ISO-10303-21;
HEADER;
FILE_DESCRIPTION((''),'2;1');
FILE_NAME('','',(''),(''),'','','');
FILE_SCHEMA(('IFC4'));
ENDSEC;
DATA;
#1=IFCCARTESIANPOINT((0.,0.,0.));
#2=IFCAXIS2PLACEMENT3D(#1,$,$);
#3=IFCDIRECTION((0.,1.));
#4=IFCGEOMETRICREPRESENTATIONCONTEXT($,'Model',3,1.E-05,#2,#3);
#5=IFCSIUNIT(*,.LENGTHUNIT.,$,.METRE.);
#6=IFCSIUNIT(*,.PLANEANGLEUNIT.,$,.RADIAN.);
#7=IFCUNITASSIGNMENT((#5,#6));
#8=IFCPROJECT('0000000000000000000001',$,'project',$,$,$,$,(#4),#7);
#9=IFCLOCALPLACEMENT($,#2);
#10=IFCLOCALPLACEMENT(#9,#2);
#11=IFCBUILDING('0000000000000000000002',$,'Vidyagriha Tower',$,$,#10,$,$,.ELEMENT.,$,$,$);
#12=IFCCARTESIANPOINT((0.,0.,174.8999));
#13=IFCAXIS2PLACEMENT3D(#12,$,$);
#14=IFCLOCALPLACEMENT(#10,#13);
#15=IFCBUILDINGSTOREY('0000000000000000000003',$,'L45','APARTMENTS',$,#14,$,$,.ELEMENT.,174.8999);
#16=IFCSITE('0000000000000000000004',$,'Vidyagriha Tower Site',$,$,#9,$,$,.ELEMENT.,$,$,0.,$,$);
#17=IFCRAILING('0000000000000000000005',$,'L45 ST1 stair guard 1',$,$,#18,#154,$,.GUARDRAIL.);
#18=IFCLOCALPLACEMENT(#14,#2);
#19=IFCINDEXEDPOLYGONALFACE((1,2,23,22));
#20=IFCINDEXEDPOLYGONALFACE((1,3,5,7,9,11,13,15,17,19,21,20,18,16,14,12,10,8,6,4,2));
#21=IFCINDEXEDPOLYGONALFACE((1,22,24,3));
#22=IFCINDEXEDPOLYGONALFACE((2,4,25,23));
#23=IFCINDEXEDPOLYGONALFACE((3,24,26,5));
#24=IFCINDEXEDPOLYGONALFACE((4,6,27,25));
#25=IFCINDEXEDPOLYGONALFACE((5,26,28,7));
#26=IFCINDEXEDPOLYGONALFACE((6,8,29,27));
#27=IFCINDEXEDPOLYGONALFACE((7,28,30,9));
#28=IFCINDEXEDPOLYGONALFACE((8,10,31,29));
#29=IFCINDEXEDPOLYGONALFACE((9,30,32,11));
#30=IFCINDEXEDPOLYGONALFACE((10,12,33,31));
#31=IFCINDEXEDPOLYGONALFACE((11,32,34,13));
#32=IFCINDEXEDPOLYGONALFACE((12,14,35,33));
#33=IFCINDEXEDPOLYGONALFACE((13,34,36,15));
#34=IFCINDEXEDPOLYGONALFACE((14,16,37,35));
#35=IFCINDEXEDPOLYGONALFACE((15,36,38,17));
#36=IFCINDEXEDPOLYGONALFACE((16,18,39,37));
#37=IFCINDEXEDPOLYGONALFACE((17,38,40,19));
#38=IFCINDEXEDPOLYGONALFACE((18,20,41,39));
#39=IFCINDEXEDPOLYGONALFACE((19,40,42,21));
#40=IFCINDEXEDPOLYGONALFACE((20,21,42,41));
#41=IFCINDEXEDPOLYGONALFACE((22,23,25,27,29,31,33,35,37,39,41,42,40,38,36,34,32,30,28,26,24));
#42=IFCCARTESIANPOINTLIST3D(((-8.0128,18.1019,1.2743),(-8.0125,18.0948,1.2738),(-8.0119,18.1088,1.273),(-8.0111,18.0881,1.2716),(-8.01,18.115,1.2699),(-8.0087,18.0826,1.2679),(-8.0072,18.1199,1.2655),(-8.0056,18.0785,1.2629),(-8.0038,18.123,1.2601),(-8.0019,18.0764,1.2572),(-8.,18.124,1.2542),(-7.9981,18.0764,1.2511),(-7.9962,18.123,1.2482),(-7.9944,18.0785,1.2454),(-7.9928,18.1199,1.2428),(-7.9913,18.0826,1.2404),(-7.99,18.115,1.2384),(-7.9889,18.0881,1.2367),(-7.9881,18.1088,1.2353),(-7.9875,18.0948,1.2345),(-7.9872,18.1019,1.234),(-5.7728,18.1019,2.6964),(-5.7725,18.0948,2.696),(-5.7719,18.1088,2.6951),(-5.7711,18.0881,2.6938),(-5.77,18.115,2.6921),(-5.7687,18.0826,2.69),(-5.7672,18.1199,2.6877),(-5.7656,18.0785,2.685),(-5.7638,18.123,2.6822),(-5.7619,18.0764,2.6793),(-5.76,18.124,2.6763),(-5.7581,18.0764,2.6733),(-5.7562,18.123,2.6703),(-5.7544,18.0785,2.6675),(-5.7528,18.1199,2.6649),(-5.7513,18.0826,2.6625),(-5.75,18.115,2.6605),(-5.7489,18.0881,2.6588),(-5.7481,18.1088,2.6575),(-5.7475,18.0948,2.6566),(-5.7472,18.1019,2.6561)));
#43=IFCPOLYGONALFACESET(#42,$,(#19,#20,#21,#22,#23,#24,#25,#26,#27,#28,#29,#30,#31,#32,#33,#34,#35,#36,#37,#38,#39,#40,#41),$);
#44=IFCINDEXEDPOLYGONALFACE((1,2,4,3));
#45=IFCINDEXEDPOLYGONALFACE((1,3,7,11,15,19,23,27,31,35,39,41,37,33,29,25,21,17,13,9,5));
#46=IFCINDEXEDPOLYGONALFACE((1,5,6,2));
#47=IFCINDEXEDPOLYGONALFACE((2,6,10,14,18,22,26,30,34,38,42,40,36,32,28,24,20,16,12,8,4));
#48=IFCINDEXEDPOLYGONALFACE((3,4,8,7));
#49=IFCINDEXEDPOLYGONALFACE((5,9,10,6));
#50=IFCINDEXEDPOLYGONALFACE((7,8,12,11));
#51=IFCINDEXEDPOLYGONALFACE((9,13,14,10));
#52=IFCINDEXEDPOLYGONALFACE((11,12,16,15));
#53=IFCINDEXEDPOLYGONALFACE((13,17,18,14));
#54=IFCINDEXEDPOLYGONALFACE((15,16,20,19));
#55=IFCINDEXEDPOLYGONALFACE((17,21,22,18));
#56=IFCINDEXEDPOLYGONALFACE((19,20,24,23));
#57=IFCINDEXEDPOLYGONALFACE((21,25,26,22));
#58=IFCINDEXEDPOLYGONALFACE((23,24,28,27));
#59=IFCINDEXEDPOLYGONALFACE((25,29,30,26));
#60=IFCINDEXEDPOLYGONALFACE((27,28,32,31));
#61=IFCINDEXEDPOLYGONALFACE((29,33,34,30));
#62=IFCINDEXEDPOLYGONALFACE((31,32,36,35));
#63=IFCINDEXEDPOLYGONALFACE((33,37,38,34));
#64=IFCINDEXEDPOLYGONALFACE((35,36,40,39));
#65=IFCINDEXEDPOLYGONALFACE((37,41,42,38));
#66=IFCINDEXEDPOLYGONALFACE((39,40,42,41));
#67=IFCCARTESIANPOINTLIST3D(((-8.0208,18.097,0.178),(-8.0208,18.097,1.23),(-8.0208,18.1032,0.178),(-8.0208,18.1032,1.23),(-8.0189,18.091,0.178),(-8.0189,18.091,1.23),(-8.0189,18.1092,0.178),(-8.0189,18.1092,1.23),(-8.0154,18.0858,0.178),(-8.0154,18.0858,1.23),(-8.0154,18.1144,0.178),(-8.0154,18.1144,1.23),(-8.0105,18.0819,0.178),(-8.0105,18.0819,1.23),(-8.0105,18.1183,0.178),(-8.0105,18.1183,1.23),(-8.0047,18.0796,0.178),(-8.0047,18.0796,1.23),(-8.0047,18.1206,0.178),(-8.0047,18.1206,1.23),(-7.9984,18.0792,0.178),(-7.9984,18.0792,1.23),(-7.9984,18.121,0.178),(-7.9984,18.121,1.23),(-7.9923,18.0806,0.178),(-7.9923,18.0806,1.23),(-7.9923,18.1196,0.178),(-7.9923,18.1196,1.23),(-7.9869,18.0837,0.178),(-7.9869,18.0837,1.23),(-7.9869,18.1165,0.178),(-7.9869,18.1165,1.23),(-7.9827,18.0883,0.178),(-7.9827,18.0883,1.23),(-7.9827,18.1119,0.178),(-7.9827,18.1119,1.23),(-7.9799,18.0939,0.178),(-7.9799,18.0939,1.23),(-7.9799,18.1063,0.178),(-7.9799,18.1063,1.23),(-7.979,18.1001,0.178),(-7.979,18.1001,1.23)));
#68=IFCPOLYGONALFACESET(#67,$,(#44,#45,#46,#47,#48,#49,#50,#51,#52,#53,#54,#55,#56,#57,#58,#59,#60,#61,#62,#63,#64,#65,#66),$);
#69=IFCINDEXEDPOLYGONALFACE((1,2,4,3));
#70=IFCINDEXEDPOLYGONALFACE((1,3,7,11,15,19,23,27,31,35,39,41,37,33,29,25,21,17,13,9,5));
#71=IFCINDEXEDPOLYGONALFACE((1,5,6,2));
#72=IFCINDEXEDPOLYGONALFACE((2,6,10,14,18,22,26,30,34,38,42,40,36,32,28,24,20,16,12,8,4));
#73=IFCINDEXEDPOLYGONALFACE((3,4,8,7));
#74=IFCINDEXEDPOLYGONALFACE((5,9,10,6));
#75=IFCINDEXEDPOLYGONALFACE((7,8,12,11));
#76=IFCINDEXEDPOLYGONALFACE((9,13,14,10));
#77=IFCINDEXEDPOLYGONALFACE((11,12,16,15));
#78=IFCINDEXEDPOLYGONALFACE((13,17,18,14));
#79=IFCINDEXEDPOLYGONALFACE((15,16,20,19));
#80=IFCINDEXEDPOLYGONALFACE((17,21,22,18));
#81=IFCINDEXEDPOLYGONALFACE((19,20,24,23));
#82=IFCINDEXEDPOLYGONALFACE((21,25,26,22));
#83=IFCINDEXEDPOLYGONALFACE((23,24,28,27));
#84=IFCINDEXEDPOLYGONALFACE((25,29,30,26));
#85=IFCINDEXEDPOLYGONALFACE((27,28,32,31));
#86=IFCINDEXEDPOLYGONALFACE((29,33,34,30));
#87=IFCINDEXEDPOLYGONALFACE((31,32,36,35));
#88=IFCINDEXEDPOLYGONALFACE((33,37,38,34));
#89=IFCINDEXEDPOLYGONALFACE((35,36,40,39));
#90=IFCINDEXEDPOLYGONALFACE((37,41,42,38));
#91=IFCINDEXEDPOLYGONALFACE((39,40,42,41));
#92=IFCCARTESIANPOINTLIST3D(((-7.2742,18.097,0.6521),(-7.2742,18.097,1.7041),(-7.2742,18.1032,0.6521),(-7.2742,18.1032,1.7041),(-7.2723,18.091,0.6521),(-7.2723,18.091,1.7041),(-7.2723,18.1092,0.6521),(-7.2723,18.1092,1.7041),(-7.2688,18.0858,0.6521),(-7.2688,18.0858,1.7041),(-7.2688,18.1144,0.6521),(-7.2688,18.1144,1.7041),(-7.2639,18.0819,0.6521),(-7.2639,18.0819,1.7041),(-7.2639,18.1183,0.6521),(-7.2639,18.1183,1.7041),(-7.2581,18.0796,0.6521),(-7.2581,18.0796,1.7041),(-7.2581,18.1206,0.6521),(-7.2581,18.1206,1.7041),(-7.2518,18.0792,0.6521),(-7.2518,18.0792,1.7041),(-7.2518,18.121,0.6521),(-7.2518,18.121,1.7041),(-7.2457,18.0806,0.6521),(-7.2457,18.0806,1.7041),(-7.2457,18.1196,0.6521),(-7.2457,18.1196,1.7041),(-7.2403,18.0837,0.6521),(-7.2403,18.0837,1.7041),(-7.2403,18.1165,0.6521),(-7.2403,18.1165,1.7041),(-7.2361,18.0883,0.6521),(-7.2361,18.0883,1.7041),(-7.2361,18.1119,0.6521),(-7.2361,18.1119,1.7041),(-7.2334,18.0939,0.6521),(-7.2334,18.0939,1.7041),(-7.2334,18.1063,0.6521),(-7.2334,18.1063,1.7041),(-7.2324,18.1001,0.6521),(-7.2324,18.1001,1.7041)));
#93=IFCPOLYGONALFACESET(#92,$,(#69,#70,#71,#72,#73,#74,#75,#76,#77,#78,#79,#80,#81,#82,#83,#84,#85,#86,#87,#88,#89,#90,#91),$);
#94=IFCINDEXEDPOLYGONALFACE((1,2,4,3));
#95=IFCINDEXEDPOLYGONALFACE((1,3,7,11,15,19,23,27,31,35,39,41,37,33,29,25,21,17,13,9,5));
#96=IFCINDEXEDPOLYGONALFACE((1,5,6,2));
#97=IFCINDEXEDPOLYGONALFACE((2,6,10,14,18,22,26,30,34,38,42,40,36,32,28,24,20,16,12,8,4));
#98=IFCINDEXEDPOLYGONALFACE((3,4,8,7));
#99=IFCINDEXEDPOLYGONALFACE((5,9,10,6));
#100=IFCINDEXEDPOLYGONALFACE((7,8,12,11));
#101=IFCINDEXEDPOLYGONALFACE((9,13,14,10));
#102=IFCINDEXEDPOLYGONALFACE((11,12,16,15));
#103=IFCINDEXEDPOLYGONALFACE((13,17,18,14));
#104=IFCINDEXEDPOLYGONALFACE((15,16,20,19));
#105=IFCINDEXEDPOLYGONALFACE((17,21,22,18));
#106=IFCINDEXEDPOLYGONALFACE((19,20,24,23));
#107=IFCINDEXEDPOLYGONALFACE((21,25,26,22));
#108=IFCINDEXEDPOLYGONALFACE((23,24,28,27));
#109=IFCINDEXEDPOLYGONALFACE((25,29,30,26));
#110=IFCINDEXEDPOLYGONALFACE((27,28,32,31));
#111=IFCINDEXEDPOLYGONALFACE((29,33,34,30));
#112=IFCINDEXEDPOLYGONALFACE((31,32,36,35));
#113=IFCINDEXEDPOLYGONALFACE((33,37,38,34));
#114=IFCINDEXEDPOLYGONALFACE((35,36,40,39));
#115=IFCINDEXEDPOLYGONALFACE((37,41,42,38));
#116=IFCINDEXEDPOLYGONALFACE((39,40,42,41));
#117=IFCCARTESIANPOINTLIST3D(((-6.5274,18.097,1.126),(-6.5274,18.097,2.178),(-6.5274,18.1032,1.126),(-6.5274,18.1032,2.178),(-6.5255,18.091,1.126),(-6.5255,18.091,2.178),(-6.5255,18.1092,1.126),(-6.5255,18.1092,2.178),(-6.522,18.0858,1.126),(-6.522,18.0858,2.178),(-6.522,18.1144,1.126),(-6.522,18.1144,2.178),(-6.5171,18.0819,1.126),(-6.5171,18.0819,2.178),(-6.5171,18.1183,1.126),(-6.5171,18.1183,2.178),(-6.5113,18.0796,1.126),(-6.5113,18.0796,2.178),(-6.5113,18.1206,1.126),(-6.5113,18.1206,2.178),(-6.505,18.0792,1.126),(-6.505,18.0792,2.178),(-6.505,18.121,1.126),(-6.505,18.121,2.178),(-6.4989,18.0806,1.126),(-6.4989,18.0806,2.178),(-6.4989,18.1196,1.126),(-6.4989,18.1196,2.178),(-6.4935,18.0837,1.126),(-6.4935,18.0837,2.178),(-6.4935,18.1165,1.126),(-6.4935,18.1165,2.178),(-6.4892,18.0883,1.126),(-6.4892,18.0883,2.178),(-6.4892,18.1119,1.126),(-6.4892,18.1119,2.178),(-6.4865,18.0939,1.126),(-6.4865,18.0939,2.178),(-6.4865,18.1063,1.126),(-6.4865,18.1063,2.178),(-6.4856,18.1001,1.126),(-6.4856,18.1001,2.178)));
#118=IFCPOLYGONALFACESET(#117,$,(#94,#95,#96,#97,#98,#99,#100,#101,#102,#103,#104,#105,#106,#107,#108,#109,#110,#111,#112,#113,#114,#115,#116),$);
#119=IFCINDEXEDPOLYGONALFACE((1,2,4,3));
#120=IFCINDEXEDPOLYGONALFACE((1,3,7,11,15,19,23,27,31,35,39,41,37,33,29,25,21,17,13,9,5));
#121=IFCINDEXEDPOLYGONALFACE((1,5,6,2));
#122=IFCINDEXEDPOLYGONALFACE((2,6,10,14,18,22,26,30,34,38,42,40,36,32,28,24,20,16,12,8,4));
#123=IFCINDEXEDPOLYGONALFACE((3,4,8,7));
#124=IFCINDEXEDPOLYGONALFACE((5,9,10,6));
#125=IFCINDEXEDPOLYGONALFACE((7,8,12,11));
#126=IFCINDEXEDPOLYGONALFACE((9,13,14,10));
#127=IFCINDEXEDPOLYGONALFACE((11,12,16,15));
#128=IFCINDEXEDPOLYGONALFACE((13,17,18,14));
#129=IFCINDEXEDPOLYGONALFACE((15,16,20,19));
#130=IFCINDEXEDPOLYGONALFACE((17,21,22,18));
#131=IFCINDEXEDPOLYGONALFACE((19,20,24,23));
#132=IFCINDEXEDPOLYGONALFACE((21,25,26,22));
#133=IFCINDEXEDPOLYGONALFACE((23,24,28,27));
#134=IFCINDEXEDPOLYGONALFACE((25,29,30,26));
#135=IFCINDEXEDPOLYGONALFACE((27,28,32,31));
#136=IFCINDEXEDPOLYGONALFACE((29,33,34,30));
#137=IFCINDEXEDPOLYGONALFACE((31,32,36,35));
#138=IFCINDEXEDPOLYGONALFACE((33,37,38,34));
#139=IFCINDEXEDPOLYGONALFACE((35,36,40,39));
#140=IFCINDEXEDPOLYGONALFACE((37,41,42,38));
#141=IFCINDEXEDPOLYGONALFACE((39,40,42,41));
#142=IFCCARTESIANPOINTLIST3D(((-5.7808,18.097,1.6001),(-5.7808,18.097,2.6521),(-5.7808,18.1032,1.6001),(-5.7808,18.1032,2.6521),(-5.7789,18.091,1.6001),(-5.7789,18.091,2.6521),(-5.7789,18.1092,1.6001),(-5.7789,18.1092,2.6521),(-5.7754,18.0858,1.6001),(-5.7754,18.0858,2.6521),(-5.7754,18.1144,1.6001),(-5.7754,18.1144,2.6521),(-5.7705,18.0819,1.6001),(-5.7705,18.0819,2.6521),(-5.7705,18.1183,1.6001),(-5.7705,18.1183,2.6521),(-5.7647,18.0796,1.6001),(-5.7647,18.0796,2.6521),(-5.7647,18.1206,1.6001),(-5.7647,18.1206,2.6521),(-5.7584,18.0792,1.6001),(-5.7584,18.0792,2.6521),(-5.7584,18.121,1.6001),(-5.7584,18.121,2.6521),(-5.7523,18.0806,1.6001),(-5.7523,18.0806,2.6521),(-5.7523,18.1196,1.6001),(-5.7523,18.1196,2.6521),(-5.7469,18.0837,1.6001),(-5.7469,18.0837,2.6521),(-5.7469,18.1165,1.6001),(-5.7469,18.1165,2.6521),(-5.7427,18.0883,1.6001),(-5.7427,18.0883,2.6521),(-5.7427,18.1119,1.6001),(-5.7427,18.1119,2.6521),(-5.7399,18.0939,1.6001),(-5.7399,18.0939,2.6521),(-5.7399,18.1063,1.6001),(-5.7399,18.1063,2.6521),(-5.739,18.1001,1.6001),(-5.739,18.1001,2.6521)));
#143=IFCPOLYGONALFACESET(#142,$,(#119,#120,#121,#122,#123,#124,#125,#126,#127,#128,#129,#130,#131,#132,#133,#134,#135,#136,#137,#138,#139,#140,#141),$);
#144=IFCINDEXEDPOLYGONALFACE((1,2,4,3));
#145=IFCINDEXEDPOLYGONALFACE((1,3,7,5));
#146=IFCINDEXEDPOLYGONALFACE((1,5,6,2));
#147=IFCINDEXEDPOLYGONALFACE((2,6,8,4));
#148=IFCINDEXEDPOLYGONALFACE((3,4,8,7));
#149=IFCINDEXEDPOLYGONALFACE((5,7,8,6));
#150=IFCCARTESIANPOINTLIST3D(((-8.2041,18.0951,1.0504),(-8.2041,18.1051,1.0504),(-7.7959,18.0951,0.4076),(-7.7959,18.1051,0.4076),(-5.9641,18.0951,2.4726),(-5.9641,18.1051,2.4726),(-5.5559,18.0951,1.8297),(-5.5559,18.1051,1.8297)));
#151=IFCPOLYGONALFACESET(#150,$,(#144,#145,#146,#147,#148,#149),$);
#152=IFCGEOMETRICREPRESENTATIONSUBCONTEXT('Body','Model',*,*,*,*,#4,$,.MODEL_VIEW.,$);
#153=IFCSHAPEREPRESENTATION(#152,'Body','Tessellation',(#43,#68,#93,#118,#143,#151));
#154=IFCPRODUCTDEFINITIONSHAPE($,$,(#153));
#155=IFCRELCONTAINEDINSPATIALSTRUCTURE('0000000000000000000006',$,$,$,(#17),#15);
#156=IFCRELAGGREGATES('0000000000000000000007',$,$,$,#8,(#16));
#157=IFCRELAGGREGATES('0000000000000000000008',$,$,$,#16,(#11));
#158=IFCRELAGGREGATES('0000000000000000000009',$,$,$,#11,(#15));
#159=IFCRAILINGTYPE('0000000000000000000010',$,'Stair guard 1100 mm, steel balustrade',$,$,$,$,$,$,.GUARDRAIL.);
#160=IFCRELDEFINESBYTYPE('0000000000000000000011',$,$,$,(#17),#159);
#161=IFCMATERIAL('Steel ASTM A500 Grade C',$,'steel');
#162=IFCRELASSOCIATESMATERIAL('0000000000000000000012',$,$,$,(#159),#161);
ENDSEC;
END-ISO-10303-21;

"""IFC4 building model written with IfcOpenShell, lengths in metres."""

from ifc_helpers import new_model, si_unit, direction, frame, origin, origin_2d, place, context, subcontext, project, spatial, rectangle, circle, extrude, material, type_object, element, save


model = new_model("IFC4")

# Units and contexts
model_context = context("Model", 3, precision=1e-05, world=origin(), true_north=direction((0.0, 1.0)))
body_context = subcontext(model_context, "Body", "Model", "MODEL_VIEW")
ifc_project = project(units=[si_unit("LENGTHUNIT", "METRE"), si_unit("PLANEANGLEUNIT", "RADIAN")], contexts=[model_context])

# Site, building, storey
site_placement = place(None, origin())
site = spatial("IfcSite", under=ifc_project, at=site_placement, Name="Vidyagriha Tower Site", CompositionType="ELEMENT", RefElevation=0.0)
building_placement = place(site_placement, origin())
building = spatial("IfcBuilding", under=site, at=building_placement, Name="Vidyagriha Tower", CompositionType="ELEMENT")
storey_placement = place(building_placement, frame((0.0, 0.0, 174.8999)))
storey = spatial("IfcBuildingStorey", under=building, at=storey_placement, Name="L45", Description="APARTMENTS", CompositionType="ELEMENT", Elevation=174.8999)

# Railing
ifc_material_1 = material(Name="Steel ASTM A500 Grade C", Category="steel")
railing_type_1 = type_object("IfcRailingType", Name="Stair guard 1100 mm, steel balustrade", PredefinedType="GUARDRAIL", material=ifc_material_1)
railing_1_placement = place(storey_placement, frame((-8.0, 18.1001, 0.178)))
element("IfcRailing", 1, at=railing_1_placement, inside=storey, type_object=railing_type_1, Name="L45 ST1 stair guard 1", PredefinedType="GUARDRAIL", context=body_context, shape_type="SweptSolid", body=[
    extrude(circle(Radius=0.0239, at=origin_2d()), frame((0.0, 0.0, 1.0762), z_axis=(0.844229, 0.0, 0.535982), x_axis=(0.0, 1.0, 0.0)), (0.0, 0.0, 1.0), 2.6533),
    extrude(circle(Radius=0.021, at=origin_2d()), origin(), (0.0, 0.0, 1.0), 1.052),
    extrude(circle(Radius=0.021, at=origin_2d()), frame((0.7466, 0.0, 0.4741)), (0.0, 0.0, 1.0), 1.052),
    extrude(circle(Radius=0.021, at=origin_2d()), frame((1.4934, 0.0, 0.948)), (0.0, 0.0, 1.0), 1.052),
    extrude(circle(Radius=0.021, at=origin_2d()), frame((2.24, 0.0, 1.4221)), (0.0, 0.0, 1.0), 1.052),
    extrude(rectangle(XDim=0.01, YDim=0.7615, at=origin_2d()), frame((0.0, 0.0, 0.551), z_axis=(0.844229, 0.0, 0.535982), x_axis=(0.0, 1.0, 0.0)), (0.0, 0.0, 1.0), 2.6533),
])

save(model, "model.ifc")
